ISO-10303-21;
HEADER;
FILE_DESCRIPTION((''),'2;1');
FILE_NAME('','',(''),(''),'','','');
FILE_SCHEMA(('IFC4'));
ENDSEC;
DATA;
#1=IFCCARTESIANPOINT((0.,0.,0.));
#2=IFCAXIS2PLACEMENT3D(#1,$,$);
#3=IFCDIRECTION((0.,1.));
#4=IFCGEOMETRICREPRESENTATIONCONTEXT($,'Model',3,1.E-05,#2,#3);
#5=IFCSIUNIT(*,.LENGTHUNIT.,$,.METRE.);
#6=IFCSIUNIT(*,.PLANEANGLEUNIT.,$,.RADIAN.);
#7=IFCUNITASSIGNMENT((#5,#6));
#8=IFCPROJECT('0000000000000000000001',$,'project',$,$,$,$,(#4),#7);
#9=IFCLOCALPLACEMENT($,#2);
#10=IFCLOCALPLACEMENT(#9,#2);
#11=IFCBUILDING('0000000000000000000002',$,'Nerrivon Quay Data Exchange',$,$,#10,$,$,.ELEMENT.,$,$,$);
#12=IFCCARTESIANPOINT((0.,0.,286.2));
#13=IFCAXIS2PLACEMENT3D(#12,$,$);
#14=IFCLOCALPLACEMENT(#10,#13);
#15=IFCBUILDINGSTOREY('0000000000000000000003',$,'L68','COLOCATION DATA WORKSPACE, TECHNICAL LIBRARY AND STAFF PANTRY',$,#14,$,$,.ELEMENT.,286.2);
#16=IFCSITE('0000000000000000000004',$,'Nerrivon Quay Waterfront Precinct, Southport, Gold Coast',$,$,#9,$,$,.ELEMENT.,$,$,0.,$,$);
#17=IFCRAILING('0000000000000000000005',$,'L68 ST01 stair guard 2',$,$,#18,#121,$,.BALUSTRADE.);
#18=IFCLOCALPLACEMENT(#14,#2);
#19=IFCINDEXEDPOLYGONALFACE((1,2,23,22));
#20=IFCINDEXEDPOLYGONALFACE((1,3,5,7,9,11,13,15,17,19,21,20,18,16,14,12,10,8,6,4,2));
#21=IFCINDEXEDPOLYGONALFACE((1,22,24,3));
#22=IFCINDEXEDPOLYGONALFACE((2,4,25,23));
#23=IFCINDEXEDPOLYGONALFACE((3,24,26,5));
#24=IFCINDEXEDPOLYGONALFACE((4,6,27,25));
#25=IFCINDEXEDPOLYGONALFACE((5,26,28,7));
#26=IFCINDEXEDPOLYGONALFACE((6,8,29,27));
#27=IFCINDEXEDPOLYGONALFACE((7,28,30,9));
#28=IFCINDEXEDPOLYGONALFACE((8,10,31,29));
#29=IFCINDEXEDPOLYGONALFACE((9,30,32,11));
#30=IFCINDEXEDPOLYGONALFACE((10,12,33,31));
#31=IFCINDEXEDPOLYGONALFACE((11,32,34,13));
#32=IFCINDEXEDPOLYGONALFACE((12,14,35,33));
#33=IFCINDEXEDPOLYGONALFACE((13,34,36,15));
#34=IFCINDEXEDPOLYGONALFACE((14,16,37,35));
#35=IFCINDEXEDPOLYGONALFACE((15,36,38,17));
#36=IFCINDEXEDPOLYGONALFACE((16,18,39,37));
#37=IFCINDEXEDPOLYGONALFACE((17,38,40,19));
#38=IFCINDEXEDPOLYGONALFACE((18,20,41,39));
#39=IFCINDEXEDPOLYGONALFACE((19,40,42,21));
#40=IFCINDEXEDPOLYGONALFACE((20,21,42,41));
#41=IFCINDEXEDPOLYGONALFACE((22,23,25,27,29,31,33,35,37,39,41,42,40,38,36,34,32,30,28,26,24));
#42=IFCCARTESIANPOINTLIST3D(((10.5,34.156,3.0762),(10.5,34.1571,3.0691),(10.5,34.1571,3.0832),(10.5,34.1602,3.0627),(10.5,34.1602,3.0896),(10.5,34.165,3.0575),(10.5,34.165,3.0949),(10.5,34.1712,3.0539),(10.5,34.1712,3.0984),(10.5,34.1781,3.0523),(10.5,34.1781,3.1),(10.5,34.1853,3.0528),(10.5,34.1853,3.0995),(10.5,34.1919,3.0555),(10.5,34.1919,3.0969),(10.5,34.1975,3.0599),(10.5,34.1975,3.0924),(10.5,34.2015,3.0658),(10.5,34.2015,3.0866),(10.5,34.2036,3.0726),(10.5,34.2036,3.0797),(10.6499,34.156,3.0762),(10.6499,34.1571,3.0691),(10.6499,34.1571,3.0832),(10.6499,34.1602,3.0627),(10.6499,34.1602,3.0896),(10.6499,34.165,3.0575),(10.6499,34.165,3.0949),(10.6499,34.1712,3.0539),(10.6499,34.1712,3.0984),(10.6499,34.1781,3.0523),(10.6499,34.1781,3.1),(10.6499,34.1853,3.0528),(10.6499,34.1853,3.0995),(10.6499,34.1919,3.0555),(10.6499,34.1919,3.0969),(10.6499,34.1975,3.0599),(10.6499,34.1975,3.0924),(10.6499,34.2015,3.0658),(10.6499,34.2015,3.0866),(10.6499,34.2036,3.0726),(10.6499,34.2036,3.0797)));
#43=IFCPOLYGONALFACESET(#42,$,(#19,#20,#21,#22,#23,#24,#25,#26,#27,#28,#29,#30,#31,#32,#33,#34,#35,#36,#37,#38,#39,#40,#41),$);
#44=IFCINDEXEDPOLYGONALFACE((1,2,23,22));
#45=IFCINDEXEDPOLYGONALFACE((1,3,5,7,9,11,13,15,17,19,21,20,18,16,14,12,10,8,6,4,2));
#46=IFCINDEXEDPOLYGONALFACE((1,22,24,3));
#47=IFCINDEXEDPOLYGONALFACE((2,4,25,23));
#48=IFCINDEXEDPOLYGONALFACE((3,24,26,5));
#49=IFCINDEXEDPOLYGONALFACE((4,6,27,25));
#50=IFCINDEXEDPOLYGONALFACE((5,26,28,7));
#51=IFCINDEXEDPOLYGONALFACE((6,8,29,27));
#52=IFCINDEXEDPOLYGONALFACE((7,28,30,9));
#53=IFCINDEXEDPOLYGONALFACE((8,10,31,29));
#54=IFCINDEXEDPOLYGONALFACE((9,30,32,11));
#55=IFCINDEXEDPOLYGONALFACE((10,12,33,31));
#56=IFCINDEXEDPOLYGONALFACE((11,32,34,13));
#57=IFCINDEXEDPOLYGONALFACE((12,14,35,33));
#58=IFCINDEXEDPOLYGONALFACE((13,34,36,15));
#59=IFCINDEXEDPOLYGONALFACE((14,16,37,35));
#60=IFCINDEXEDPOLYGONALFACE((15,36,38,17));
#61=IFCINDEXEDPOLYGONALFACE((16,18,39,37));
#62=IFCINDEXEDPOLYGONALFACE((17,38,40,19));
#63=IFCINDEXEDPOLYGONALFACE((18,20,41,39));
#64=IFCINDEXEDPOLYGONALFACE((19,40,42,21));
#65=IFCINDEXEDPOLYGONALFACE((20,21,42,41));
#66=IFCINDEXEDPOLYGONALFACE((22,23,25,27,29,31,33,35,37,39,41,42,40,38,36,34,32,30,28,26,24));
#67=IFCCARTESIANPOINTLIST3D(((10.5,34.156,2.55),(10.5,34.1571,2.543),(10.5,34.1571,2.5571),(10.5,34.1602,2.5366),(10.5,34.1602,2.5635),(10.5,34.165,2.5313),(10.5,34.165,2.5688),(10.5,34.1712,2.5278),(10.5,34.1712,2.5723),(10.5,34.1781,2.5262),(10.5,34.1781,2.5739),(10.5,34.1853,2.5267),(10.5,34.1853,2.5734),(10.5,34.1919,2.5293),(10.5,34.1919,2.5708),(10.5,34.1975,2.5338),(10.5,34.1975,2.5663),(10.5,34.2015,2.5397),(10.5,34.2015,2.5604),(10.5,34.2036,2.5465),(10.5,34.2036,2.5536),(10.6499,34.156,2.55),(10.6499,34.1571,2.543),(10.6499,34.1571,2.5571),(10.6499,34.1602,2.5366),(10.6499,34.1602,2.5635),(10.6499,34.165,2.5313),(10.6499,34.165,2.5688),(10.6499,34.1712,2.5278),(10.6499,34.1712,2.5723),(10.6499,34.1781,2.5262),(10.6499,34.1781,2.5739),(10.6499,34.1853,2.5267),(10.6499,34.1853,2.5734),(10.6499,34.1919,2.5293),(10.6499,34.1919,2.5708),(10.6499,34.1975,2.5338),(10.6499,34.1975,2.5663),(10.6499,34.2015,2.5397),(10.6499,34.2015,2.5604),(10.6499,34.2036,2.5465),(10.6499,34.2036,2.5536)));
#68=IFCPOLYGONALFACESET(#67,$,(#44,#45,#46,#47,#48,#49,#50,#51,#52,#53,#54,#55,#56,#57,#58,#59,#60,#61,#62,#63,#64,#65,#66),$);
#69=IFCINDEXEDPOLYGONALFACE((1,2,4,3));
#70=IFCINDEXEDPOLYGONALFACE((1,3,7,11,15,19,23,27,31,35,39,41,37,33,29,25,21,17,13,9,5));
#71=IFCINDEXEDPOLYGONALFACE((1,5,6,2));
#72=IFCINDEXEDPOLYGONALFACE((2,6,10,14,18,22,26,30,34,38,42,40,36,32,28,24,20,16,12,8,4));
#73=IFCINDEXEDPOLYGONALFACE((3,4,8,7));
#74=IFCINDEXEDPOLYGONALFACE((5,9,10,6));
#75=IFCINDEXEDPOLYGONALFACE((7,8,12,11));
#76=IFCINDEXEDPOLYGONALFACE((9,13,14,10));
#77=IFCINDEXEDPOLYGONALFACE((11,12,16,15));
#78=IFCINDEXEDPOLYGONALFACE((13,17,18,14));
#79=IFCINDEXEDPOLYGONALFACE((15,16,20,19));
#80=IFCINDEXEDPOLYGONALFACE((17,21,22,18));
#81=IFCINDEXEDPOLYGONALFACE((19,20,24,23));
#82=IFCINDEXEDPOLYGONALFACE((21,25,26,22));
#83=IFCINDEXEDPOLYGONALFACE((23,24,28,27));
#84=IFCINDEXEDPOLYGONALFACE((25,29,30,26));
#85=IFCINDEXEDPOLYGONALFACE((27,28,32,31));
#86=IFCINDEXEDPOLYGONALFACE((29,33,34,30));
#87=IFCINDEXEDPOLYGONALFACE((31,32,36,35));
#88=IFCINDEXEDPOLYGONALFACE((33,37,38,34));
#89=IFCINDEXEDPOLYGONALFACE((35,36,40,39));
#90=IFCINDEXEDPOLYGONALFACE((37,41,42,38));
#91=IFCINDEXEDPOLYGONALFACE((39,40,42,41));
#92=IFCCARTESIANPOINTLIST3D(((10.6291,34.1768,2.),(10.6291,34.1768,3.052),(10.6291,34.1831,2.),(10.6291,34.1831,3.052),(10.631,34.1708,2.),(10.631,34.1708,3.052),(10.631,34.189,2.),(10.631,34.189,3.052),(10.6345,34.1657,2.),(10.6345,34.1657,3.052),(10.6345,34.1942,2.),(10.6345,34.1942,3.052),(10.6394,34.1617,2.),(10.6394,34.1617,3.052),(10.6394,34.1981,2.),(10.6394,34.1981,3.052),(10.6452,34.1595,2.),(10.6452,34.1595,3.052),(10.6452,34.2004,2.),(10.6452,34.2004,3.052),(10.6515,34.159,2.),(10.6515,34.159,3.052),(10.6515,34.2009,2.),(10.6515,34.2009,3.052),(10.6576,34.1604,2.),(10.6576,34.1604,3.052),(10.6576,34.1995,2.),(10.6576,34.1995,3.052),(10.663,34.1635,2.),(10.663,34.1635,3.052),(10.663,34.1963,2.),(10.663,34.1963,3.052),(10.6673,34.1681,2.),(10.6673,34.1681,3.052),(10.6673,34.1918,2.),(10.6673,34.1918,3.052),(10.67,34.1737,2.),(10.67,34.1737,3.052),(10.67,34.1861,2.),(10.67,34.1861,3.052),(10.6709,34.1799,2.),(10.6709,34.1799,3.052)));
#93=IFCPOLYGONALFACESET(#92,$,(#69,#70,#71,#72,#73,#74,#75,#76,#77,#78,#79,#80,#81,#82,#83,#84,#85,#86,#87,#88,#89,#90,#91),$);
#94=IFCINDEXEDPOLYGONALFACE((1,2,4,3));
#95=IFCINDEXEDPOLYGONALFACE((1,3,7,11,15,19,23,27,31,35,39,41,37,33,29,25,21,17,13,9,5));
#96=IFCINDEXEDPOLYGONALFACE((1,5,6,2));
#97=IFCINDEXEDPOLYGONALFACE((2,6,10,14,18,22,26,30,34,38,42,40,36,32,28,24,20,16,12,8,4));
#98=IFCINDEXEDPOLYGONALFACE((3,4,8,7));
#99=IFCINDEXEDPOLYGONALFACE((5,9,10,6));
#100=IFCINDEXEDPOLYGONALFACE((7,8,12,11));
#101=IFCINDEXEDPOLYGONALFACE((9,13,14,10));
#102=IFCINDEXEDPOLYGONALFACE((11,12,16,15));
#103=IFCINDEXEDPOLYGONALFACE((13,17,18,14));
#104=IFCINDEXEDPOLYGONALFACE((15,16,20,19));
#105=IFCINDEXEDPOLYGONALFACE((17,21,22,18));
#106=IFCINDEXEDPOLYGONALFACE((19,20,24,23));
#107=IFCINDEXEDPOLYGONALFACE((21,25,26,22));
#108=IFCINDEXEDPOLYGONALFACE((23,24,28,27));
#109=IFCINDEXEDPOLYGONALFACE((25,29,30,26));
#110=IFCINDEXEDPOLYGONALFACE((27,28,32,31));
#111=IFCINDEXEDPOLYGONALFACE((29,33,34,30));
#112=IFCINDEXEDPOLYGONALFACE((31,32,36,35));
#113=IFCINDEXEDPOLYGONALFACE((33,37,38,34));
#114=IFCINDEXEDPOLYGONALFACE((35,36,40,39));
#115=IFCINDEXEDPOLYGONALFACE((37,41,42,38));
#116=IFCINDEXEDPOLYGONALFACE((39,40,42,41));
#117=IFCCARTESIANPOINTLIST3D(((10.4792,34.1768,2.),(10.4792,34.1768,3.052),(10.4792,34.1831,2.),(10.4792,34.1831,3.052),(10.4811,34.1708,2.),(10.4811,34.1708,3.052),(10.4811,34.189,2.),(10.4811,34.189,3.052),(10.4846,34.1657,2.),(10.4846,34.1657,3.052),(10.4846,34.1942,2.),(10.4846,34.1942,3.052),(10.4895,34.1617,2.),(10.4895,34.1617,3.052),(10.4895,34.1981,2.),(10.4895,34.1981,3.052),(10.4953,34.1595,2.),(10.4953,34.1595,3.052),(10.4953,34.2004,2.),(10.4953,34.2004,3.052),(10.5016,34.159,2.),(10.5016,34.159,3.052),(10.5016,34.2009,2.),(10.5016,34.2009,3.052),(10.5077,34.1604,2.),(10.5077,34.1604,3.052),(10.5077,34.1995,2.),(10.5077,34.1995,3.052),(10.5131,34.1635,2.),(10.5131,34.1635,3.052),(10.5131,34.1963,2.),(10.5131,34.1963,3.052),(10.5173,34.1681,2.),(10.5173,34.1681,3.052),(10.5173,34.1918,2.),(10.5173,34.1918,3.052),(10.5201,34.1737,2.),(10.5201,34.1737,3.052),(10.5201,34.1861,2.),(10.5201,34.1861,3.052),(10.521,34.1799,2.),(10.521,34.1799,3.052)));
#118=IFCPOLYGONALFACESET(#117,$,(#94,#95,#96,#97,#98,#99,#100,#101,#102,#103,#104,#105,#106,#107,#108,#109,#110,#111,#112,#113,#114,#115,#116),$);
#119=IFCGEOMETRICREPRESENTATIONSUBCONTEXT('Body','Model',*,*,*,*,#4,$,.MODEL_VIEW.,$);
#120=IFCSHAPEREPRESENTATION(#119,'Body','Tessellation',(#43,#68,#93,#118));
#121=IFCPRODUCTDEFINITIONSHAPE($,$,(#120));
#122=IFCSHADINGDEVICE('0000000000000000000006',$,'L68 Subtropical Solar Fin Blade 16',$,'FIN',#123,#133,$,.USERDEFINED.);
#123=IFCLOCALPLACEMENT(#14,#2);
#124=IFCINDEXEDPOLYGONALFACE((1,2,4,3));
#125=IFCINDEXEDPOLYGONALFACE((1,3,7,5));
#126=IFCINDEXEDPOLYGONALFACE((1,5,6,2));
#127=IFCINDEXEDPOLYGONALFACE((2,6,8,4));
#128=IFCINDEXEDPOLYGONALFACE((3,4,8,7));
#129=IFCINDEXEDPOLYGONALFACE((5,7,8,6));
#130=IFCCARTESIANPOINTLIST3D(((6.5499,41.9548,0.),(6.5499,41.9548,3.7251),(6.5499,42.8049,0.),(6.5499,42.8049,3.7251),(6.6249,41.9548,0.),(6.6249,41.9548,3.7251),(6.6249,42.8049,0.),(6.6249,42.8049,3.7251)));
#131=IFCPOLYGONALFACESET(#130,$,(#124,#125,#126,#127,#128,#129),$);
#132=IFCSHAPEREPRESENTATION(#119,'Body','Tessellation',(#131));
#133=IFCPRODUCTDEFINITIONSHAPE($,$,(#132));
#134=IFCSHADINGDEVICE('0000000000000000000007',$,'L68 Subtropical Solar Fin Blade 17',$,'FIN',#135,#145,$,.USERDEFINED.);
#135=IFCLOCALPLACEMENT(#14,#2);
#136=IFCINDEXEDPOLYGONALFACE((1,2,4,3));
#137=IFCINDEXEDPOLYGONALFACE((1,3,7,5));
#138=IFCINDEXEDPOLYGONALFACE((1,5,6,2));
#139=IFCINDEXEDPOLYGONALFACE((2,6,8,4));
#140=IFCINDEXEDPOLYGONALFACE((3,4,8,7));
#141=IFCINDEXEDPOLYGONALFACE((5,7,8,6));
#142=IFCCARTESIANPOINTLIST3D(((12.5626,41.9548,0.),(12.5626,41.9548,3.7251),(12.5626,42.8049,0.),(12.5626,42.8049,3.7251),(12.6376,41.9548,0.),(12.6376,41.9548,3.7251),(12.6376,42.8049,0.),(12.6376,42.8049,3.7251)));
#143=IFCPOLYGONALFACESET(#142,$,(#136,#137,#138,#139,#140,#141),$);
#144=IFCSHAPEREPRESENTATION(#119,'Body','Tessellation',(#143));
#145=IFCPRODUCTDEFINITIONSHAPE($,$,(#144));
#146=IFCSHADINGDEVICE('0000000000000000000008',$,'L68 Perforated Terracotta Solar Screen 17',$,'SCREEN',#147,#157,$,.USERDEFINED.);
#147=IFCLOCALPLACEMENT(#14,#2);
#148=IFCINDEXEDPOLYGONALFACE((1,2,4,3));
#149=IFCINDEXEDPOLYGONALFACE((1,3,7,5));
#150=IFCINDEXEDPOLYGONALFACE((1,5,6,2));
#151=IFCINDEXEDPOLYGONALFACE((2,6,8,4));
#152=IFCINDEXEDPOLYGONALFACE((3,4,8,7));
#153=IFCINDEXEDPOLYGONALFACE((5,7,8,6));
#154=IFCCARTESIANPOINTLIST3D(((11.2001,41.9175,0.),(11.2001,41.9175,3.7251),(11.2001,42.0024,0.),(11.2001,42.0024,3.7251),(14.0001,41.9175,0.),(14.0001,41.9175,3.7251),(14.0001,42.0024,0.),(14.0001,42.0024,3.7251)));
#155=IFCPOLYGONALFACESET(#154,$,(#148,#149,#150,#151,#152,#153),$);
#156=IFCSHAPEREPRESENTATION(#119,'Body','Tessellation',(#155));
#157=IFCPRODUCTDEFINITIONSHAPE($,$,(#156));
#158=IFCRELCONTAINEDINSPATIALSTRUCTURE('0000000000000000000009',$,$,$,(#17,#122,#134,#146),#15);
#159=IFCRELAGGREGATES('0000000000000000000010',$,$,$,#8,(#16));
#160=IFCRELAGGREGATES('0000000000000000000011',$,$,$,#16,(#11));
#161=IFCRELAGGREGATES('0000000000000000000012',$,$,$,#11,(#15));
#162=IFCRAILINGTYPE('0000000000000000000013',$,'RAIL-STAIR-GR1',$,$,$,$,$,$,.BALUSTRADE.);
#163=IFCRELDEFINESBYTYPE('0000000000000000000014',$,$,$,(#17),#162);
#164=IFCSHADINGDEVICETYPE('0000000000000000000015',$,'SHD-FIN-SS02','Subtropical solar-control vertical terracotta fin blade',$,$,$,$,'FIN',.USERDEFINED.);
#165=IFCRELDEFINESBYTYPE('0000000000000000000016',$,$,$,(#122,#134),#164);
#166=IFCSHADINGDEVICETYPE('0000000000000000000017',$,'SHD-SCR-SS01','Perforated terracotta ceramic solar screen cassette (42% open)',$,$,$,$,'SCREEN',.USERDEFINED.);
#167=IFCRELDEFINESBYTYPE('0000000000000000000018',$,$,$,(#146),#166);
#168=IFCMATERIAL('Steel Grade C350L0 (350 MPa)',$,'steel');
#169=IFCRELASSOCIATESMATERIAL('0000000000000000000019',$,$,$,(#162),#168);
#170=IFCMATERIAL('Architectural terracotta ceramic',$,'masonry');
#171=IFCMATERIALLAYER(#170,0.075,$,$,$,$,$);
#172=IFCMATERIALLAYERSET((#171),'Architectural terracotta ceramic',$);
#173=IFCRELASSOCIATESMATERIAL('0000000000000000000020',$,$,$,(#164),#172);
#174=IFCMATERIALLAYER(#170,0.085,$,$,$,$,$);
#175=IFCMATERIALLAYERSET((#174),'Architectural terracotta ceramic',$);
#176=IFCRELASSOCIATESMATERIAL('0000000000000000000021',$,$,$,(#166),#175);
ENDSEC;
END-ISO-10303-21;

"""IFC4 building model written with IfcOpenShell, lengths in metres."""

from ifc_helpers import new_model, si_unit, direction, frame, origin, origin_2d, place, context, subcontext, project, spatial, rectangle, circle, extrude, material, layer, layer_set, type_object, element, save


model = new_model("IFC4")

# Units and contexts
model_context = context("Model", 3, precision=1e-05, world=origin(), true_north=direction((0.0, 1.0)))
body_context = subcontext(model_context, "Body", "Model", "MODEL_VIEW")
ifc_project = project(units=[si_unit("LENGTHUNIT", "METRE"), si_unit("PLANEANGLEUNIT", "RADIAN")], contexts=[model_context])

# Site, building, storey
site_placement = place(None, origin())
site = spatial("IfcSite", under=ifc_project, at=site_placement, Name="Nerrivon Quay Waterfront Precinct, Southport, Gold Coast", CompositionType="ELEMENT", RefElevation=0.0)
building_placement = place(site_placement, origin())
building = spatial("IfcBuilding", under=site, at=building_placement, Name="Nerrivon Quay Data Exchange", CompositionType="ELEMENT")
storey_placement = place(building_placement, frame((0.0, 0.0, 286.2)))
storey = spatial("IfcBuildingStorey", under=building, at=storey_placement, Name="L68", Description="COLOCATION DATA WORKSPACE, TECHNICAL LIBRARY AND STAFF PANTRY", CompositionType="ELEMENT", Elevation=286.2)

# Shared definitions
ifc_material_1 = material(Name="Steel Grade C350L0 (350 MPa)", Category="steel")

# Shared definitions
ifc_material_2 = material(Name="Architectural terracotta ceramic", Category="masonry")

# Railing
railing_type_1 = type_object("IfcRailingType", Name="RAIL-STAIR-GR1", PredefinedType="BALUSTRADE", material=ifc_material_1)
railing_1_placement = place(storey_placement, frame((10.6499, 34.1799, 2.0)))
element("IfcRailing", 1, at=railing_1_placement, inside=storey, type_object=railing_type_1, Name="L68 ST01 stair guard 2", PredefinedType="BALUSTRADE", context=body_context, shape_type="SweptSolid", body=[
    extrude(circle(Radius=0.0239, at=origin_2d()), frame((0.0, 0.0, 1.0762), z_axis=(-1.0, 0.0, 0.0), x_axis=(0.0, -1.0, 0.0)), (0.0, 0.0, 1.0), 0.1499),
    extrude(circle(Radius=0.0239, at=origin_2d()), frame((0.0, 0.0, 0.55), z_axis=(-1.0, 0.0, 0.0), x_axis=(0.0, -1.0, 0.0)), (0.0, 0.0, 1.0), 0.1499),
    extrude(circle(Radius=0.021, at=origin_2d()), origin(), (0.0, 0.0, 1.0), 1.052),
    extrude(circle(Radius=0.021, at=origin_2d()), frame((-0.1499, 0.0, 0.0)), (0.0, 0.0, 1.0), 1.052),
])

# Shading devices
ifc_layer_1 = layer(ifc_material_2, 0.075)
ifc_layer_set_1 = layer_set([ifc_layer_1], Name="Architectural terracotta ceramic")
shading_device_type_1 = type_object("IfcShadingDeviceType", Name="SHD-FIN-SS02", Description="Subtropical solar-control vertical terracotta fin blade", ElementType="FIN", PredefinedType="USERDEFINED", material=ifc_layer_set_1)
for number, where, z_axis, x_axis, name in (
    (2, (6.5874, 42.3799, 0.0), (0.0, 0.0, 1.0), (1.0, 0.0, 0.0), "L68 Subtropical Solar Fin Blade 16"),
    (3, (12.6001, 42.3799, 0.0), (0.0, 0.0, 1.0), (1.0, 0.0, 0.0), "L68 Subtropical Solar Fin Blade 17"),
):
    element("IfcShadingDevice", number, at=place(storey_placement, frame(where, z_axis=z_axis, x_axis=x_axis)), inside=storey, type_object=shading_device_type_1, Name=name, ObjectType="FIN", PredefinedType="USERDEFINED", context=body_context, shape_type="SweptSolid", body=[
        extrude(rectangle(XDim=0.075, YDim=0.8501, at=origin_2d()), origin(), (0.0, 0.0, 1.0), 3.7251),
    ])
ifc_layer_2 = layer(ifc_material_2, 0.085)
ifc_layer_set_2 = layer_set([ifc_layer_2], Name="Architectural terracotta ceramic")
shading_device_type_2 = type_object("IfcShadingDeviceType", Name="SHD-SCR-SS01", Description="Perforated terracotta ceramic solar screen cassette (42% open)", ElementType="SCREEN", PredefinedType="USERDEFINED", material=ifc_layer_set_2)
shading_device_placement = place(storey_placement, frame((12.6001, 41.96, 0.0), z_axis=(0.0, 0.0, 1.0), x_axis=(1.0, 0.0, 0.0)))
element("IfcShadingDevice", 4, at=shading_device_placement, inside=storey, type_object=shading_device_type_2, Name="L68 Perforated Terracotta Solar Screen 17", ObjectType="SCREEN", PredefinedType="USERDEFINED", context=body_context, shape_type="SweptSolid", body=[
    extrude(rectangle(XDim=2.8, YDim=0.085, at=origin_2d()), origin(), (0.0, 0.0, 1.0), 3.7251),
])

save(model, "model.ifc")
